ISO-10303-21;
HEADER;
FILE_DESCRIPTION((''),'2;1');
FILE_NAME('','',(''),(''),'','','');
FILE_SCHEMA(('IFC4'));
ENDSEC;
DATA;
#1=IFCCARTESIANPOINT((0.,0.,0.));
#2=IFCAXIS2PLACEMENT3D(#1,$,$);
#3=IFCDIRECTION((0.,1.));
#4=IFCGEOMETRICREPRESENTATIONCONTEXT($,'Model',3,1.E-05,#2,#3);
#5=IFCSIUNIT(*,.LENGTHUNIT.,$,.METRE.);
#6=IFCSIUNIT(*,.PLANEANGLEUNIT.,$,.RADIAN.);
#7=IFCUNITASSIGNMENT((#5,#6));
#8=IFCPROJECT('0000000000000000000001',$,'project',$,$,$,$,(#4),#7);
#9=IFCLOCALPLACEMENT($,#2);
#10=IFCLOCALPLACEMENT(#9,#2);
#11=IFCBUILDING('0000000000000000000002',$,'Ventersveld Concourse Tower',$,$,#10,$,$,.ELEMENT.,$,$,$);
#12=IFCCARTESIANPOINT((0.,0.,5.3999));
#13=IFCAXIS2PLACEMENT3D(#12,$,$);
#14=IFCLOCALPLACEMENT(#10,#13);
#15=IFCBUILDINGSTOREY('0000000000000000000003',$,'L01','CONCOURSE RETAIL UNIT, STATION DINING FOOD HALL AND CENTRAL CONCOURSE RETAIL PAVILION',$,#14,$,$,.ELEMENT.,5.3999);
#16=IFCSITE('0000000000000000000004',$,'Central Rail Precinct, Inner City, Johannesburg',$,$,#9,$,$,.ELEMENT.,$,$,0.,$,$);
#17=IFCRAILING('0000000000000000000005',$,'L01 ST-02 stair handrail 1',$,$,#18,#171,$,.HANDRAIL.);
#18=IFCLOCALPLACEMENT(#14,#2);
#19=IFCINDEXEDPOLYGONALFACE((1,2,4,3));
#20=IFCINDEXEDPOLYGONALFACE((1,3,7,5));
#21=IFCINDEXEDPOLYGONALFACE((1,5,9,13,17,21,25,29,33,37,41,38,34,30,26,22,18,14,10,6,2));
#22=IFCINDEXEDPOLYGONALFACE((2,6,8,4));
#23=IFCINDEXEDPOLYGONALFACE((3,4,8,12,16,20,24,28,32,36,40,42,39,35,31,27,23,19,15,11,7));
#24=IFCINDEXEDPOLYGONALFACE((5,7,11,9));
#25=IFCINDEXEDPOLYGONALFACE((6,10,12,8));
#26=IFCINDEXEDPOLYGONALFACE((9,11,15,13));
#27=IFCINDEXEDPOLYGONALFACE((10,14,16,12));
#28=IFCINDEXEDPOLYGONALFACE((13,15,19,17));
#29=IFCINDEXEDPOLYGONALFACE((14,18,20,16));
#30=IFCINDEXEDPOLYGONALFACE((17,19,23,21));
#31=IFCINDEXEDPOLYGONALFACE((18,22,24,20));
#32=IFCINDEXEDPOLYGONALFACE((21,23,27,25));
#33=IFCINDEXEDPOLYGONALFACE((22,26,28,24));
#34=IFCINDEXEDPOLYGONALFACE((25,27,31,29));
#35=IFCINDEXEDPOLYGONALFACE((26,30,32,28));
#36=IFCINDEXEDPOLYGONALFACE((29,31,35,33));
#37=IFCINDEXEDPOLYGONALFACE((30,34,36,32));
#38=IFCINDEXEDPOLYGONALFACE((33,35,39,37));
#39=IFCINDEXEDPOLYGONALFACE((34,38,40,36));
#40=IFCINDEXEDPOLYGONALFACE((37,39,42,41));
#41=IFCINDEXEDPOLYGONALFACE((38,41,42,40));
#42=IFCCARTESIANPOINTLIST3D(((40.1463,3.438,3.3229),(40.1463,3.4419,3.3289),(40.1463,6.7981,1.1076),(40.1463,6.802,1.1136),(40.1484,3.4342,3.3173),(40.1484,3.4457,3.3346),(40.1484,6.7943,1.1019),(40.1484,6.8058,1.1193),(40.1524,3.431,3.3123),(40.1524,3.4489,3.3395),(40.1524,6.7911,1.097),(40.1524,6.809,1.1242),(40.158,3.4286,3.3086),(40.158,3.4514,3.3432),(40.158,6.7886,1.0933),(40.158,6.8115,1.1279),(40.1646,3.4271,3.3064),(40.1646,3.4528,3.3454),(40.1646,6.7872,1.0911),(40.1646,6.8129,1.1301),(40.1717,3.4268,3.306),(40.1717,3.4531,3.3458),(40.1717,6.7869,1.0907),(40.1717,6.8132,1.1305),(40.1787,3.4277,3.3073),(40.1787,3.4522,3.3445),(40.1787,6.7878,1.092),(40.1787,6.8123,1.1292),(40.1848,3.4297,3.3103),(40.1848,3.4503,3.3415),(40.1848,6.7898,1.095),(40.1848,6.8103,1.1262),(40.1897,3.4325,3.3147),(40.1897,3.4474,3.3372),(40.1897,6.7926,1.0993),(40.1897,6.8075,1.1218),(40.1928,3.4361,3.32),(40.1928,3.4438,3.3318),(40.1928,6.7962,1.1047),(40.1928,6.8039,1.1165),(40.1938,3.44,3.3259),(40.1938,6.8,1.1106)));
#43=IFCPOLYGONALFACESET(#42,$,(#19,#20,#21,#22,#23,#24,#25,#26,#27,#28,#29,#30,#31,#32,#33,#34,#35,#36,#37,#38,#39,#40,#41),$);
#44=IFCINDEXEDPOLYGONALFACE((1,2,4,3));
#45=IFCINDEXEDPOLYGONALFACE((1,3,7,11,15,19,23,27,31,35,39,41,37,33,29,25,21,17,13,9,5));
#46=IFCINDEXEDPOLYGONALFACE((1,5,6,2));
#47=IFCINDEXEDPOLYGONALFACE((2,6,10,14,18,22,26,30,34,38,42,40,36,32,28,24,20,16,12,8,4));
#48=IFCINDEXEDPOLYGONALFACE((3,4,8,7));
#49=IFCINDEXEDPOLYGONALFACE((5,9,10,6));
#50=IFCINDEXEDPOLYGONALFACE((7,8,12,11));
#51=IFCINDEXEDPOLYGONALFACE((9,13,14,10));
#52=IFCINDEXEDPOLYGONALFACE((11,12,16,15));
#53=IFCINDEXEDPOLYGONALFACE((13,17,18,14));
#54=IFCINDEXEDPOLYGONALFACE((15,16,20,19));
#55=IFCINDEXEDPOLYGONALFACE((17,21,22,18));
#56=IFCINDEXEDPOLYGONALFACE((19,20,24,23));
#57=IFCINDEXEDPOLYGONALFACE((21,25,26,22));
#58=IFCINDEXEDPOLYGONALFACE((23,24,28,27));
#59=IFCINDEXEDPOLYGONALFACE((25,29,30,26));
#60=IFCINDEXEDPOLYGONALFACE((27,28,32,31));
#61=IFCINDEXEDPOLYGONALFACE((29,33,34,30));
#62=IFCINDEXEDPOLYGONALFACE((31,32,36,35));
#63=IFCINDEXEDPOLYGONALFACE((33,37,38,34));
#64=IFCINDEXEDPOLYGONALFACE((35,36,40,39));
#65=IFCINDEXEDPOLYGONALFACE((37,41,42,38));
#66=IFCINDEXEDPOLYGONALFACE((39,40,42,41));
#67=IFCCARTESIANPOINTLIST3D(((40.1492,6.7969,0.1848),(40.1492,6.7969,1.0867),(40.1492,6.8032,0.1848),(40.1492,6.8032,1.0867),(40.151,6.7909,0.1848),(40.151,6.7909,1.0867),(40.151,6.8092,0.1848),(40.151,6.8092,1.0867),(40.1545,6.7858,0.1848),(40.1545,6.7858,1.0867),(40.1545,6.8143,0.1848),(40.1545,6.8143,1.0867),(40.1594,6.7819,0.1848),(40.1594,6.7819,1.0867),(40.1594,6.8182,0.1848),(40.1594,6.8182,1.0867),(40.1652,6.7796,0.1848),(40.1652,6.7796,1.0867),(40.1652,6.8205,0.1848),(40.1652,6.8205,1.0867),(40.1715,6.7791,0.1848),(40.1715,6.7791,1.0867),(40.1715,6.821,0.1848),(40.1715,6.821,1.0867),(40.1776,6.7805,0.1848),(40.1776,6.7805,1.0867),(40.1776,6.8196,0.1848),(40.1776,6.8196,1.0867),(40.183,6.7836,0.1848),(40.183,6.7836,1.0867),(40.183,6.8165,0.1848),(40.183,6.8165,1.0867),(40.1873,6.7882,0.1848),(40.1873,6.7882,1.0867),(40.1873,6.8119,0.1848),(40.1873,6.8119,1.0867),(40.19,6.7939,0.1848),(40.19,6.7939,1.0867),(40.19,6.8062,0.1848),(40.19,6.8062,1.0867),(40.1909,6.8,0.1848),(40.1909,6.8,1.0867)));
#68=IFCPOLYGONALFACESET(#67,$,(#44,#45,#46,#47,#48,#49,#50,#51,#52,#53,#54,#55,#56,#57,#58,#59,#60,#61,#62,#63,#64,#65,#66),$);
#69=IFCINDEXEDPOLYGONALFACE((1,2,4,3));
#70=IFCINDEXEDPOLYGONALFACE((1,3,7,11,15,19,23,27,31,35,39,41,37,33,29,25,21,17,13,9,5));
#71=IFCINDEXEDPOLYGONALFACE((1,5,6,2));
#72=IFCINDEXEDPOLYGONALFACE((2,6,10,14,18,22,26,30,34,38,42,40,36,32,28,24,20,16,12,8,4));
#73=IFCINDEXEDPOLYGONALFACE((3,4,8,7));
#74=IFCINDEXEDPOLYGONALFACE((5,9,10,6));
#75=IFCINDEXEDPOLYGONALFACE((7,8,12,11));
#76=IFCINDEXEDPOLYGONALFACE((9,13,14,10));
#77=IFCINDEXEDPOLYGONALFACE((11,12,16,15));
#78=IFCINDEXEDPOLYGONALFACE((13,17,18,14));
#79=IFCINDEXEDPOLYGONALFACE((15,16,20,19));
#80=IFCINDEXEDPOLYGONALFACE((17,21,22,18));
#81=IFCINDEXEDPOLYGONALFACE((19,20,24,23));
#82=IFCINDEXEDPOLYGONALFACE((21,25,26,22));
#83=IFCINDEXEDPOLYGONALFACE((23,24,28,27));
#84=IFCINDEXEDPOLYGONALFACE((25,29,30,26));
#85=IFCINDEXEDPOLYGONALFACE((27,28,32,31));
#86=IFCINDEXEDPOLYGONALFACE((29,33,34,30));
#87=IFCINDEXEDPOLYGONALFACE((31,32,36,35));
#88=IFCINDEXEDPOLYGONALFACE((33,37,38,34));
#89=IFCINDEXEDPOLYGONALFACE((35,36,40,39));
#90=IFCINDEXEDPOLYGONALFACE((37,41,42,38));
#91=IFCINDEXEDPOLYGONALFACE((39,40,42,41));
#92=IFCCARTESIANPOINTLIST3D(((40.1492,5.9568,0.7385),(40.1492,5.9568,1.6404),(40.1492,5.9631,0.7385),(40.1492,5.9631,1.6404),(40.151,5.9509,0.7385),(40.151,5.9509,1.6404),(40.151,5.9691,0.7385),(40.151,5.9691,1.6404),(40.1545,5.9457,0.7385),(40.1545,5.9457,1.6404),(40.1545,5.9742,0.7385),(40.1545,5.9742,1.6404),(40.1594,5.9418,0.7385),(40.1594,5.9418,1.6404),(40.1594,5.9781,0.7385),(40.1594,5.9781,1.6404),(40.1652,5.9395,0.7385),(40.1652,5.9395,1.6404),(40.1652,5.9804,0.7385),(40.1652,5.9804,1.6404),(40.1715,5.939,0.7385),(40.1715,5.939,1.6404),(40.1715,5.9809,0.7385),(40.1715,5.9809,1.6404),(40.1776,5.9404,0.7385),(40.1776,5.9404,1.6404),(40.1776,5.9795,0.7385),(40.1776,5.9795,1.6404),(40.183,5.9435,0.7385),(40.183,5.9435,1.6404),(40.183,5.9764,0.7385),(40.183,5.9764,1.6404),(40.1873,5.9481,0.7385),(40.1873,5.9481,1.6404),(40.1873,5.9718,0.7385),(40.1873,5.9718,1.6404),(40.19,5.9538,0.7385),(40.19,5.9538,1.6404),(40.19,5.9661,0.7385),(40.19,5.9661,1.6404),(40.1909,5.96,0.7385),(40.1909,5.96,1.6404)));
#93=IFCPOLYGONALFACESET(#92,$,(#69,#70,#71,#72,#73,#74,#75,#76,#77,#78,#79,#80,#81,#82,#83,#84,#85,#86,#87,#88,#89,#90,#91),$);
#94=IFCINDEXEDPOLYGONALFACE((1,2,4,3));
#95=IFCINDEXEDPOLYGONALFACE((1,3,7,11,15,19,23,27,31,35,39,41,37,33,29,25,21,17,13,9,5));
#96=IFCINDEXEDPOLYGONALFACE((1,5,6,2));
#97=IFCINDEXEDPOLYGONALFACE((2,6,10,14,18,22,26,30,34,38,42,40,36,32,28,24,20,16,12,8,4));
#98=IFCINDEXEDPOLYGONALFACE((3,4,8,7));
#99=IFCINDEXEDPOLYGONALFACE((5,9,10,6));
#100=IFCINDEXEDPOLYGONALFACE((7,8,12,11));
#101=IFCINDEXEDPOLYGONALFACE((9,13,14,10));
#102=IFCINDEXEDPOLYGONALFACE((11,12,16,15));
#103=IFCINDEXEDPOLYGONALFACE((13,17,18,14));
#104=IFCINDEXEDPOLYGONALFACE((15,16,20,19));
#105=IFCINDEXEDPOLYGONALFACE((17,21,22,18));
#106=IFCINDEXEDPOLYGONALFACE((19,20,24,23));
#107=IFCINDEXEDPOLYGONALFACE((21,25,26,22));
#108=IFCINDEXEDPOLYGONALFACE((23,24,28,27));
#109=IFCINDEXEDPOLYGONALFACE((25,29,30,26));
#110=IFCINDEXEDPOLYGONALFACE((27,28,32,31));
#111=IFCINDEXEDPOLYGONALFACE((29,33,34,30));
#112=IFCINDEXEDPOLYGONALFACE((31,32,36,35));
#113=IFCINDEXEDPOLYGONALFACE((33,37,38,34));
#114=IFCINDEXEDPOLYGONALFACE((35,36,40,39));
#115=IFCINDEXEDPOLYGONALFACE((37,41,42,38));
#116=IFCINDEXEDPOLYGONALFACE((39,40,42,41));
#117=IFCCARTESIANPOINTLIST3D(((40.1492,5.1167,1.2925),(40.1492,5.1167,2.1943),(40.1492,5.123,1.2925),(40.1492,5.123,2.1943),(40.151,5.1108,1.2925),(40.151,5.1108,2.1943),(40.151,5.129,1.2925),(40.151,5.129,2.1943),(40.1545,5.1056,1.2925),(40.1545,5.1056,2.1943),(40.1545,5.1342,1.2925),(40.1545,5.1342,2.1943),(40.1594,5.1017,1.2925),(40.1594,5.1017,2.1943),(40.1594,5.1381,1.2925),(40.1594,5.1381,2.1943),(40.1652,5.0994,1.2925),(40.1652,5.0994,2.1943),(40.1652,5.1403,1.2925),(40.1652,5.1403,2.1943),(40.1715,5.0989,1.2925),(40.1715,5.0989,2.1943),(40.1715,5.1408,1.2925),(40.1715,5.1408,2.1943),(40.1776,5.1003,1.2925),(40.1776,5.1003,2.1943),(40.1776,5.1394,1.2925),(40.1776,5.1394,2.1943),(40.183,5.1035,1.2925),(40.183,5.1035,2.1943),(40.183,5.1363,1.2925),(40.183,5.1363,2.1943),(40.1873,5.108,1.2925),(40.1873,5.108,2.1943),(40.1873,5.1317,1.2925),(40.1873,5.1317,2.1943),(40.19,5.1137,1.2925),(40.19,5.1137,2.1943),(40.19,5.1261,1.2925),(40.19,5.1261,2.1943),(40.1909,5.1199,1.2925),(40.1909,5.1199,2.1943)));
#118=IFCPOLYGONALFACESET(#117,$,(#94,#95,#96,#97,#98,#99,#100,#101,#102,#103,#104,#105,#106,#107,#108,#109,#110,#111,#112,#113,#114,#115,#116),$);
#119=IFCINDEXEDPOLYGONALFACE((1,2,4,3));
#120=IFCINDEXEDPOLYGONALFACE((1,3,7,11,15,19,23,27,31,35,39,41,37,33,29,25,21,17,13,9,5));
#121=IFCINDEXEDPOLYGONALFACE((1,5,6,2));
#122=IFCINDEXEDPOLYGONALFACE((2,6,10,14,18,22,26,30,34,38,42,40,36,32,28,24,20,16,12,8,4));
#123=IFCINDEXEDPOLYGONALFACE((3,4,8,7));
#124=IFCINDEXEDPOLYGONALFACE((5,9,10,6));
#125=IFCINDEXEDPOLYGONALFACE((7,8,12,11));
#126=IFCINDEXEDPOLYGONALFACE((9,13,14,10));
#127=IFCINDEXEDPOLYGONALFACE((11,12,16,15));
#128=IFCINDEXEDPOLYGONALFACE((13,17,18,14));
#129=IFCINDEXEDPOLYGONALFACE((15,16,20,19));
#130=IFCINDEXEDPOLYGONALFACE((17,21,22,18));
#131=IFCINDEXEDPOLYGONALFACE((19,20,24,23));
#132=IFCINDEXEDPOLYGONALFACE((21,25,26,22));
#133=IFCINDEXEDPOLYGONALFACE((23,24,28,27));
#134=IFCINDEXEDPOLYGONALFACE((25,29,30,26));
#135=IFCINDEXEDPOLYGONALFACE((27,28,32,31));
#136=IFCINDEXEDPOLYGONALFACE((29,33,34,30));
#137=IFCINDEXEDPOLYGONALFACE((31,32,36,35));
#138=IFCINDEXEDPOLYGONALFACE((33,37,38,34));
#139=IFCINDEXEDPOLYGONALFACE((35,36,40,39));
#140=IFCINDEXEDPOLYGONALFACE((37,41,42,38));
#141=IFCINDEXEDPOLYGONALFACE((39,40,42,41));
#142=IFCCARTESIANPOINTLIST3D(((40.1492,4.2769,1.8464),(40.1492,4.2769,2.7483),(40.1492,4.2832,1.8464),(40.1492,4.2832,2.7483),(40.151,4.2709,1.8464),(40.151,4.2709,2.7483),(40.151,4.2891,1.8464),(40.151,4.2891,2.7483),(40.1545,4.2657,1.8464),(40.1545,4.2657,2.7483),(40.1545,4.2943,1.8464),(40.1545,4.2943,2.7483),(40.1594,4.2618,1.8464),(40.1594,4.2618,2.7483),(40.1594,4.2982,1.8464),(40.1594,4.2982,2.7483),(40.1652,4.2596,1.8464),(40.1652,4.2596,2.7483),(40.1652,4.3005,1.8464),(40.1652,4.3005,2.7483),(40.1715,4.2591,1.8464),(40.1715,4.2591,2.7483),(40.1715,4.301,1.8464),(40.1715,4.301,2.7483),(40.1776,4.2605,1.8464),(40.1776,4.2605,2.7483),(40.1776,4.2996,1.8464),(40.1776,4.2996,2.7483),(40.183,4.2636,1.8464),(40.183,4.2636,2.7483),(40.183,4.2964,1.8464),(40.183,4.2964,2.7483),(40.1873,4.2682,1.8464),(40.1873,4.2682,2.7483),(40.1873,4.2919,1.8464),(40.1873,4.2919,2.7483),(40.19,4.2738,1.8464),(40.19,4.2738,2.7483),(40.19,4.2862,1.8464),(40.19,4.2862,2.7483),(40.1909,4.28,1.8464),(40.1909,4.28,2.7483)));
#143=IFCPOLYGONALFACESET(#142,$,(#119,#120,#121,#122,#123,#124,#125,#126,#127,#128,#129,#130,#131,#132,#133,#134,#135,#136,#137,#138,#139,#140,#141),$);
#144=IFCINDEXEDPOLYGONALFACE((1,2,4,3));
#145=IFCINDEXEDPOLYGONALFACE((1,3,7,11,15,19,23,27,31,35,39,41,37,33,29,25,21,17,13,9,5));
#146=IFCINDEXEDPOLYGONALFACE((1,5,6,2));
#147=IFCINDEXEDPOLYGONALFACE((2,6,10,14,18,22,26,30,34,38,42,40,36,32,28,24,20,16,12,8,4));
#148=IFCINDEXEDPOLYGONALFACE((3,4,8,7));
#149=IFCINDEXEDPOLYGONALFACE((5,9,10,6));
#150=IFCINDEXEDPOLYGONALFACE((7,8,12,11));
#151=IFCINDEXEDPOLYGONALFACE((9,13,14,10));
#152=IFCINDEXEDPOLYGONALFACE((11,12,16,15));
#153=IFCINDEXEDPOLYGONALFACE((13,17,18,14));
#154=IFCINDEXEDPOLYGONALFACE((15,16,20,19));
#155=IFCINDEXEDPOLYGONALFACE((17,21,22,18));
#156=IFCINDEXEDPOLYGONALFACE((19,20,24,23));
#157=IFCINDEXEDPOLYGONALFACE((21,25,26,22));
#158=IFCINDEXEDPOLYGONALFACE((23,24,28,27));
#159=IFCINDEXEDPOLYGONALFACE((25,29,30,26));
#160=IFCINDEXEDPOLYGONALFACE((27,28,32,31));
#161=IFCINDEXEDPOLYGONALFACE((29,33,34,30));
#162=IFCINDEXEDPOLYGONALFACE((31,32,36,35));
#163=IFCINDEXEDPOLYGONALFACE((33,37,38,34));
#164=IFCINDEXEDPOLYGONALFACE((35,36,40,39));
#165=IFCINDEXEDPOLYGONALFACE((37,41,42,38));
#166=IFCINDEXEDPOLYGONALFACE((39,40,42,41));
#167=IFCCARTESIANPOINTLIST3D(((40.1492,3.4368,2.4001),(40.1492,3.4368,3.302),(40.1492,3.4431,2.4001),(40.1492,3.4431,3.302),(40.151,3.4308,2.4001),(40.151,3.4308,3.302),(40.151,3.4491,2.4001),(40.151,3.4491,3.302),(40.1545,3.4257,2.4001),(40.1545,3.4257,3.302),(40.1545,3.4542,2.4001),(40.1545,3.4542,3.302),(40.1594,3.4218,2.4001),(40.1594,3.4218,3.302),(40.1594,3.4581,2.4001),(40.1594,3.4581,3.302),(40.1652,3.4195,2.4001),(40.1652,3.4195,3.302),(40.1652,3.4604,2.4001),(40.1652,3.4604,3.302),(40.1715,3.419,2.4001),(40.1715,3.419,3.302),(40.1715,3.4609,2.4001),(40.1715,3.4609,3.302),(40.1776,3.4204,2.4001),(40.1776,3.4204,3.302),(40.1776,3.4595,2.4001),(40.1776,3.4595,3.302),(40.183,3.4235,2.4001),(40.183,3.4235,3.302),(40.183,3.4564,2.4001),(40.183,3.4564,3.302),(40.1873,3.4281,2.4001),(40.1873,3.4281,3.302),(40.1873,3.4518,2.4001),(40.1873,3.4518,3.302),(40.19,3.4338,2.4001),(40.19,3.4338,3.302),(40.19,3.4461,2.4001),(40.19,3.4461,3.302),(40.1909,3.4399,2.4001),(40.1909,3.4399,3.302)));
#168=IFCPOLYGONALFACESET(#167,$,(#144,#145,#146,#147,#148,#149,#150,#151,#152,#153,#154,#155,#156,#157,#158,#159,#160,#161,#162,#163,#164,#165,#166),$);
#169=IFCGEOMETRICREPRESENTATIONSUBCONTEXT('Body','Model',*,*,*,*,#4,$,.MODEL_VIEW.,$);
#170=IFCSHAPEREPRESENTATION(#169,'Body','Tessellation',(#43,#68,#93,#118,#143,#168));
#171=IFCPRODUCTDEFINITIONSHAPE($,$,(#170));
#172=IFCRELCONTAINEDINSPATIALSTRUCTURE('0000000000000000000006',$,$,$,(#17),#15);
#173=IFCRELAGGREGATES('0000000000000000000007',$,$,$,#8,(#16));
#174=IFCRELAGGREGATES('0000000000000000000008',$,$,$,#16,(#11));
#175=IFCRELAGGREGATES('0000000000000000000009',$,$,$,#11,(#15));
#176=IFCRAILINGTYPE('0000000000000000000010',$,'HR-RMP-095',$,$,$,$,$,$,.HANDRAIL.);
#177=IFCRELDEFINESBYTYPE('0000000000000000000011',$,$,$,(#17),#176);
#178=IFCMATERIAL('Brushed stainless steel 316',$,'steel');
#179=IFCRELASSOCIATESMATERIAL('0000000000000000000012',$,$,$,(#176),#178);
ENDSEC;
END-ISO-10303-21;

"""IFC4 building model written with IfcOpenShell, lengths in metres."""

from ifc_helpers import new_model, si_unit, direction, frame, origin, origin_2d, place, context, subcontext, project, spatial, circle, extrude, material, type_object, element, save


model = new_model("IFC4")

# Units and contexts
model_context = context("Model", 3, precision=1e-05, world=origin(), true_north=direction((0.0, 1.0)))
body_context = subcontext(model_context, "Body", "Model", "MODEL_VIEW")
ifc_project = project(units=[si_unit("LENGTHUNIT", "METRE"), si_unit("PLANEANGLEUNIT", "RADIAN")], contexts=[model_context])

# Site, building, storey
site_placement = place(None, origin())
site = spatial("IfcSite", under=ifc_project, at=site_placement, Name="Central Rail Precinct, Inner City, Johannesburg", CompositionType="ELEMENT", RefElevation=0.0)
building_placement = place(site_placement, origin())
building = spatial("IfcBuilding", under=site, at=building_placement, Name="Ventersveld Concourse Tower", CompositionType="ELEMENT")
storey_placement = place(building_placement, frame((0.0, 0.0, 5.3999)))
storey = spatial("IfcBuildingStorey", under=building, at=storey_placement, Name="L01", Description="CONCOURSE RETAIL UNIT, STATION DINING FOOD HALL AND CENTRAL CONCOURSE RETAIL PAVILION", CompositionType="ELEMENT", Elevation=5.3999)

# Shared definitions
ifc_material_1 = material(Name="Brushed stainless steel 316", Category="steel")

# Railing
railing_type_1 = type_object("IfcRailingType", Name="HR-RMP-095", PredefinedType="HANDRAIL", material=ifc_material_1)
railing_1_placement = place(storey_placement, frame((40.1699, 6.8, 0.1848)))
element("IfcRailing", 1, at=railing_1_placement, inside=storey, type_object=railing_type_1, Name="L01 ST-02 stair handrail 1", PredefinedType="HANDRAIL", context=body_context, shape_type="SweptSolid", body=[
    extrude(circle(Radius=0.0239, at=origin_2d()), frame((0.0, 0.0, 0.9258), z_axis=(0.0, -0.834876, 0.550437), x_axis=(1.0, 0.0, 0.0)), (0.0, 0.0, 1.0), 4.0247),
    extrude(circle(Radius=0.021, at=origin_2d()), origin(), (0.0, 0.0, 1.0), 0.9019),
    extrude(circle(Radius=0.021, at=origin_2d()), frame((0.0, -0.8401, 0.5537)), (0.0, 0.0, 1.0), 0.9019),
    extrude(circle(Radius=0.021, at=origin_2d()), frame((0.0, -1.6802, 1.1077)), (0.0, 0.0, 1.0), 0.9019),
    extrude(circle(Radius=0.021, at=origin_2d()), frame((0.0, -2.52, 1.6616)), (0.0, 0.0, 1.0), 0.9019),
    extrude(circle(Radius=0.021, at=origin_2d()), frame((0.0, -3.3601, 2.2153)), (0.0, 0.0, 1.0), 0.9019),
])

save(model, "model.ifc")
